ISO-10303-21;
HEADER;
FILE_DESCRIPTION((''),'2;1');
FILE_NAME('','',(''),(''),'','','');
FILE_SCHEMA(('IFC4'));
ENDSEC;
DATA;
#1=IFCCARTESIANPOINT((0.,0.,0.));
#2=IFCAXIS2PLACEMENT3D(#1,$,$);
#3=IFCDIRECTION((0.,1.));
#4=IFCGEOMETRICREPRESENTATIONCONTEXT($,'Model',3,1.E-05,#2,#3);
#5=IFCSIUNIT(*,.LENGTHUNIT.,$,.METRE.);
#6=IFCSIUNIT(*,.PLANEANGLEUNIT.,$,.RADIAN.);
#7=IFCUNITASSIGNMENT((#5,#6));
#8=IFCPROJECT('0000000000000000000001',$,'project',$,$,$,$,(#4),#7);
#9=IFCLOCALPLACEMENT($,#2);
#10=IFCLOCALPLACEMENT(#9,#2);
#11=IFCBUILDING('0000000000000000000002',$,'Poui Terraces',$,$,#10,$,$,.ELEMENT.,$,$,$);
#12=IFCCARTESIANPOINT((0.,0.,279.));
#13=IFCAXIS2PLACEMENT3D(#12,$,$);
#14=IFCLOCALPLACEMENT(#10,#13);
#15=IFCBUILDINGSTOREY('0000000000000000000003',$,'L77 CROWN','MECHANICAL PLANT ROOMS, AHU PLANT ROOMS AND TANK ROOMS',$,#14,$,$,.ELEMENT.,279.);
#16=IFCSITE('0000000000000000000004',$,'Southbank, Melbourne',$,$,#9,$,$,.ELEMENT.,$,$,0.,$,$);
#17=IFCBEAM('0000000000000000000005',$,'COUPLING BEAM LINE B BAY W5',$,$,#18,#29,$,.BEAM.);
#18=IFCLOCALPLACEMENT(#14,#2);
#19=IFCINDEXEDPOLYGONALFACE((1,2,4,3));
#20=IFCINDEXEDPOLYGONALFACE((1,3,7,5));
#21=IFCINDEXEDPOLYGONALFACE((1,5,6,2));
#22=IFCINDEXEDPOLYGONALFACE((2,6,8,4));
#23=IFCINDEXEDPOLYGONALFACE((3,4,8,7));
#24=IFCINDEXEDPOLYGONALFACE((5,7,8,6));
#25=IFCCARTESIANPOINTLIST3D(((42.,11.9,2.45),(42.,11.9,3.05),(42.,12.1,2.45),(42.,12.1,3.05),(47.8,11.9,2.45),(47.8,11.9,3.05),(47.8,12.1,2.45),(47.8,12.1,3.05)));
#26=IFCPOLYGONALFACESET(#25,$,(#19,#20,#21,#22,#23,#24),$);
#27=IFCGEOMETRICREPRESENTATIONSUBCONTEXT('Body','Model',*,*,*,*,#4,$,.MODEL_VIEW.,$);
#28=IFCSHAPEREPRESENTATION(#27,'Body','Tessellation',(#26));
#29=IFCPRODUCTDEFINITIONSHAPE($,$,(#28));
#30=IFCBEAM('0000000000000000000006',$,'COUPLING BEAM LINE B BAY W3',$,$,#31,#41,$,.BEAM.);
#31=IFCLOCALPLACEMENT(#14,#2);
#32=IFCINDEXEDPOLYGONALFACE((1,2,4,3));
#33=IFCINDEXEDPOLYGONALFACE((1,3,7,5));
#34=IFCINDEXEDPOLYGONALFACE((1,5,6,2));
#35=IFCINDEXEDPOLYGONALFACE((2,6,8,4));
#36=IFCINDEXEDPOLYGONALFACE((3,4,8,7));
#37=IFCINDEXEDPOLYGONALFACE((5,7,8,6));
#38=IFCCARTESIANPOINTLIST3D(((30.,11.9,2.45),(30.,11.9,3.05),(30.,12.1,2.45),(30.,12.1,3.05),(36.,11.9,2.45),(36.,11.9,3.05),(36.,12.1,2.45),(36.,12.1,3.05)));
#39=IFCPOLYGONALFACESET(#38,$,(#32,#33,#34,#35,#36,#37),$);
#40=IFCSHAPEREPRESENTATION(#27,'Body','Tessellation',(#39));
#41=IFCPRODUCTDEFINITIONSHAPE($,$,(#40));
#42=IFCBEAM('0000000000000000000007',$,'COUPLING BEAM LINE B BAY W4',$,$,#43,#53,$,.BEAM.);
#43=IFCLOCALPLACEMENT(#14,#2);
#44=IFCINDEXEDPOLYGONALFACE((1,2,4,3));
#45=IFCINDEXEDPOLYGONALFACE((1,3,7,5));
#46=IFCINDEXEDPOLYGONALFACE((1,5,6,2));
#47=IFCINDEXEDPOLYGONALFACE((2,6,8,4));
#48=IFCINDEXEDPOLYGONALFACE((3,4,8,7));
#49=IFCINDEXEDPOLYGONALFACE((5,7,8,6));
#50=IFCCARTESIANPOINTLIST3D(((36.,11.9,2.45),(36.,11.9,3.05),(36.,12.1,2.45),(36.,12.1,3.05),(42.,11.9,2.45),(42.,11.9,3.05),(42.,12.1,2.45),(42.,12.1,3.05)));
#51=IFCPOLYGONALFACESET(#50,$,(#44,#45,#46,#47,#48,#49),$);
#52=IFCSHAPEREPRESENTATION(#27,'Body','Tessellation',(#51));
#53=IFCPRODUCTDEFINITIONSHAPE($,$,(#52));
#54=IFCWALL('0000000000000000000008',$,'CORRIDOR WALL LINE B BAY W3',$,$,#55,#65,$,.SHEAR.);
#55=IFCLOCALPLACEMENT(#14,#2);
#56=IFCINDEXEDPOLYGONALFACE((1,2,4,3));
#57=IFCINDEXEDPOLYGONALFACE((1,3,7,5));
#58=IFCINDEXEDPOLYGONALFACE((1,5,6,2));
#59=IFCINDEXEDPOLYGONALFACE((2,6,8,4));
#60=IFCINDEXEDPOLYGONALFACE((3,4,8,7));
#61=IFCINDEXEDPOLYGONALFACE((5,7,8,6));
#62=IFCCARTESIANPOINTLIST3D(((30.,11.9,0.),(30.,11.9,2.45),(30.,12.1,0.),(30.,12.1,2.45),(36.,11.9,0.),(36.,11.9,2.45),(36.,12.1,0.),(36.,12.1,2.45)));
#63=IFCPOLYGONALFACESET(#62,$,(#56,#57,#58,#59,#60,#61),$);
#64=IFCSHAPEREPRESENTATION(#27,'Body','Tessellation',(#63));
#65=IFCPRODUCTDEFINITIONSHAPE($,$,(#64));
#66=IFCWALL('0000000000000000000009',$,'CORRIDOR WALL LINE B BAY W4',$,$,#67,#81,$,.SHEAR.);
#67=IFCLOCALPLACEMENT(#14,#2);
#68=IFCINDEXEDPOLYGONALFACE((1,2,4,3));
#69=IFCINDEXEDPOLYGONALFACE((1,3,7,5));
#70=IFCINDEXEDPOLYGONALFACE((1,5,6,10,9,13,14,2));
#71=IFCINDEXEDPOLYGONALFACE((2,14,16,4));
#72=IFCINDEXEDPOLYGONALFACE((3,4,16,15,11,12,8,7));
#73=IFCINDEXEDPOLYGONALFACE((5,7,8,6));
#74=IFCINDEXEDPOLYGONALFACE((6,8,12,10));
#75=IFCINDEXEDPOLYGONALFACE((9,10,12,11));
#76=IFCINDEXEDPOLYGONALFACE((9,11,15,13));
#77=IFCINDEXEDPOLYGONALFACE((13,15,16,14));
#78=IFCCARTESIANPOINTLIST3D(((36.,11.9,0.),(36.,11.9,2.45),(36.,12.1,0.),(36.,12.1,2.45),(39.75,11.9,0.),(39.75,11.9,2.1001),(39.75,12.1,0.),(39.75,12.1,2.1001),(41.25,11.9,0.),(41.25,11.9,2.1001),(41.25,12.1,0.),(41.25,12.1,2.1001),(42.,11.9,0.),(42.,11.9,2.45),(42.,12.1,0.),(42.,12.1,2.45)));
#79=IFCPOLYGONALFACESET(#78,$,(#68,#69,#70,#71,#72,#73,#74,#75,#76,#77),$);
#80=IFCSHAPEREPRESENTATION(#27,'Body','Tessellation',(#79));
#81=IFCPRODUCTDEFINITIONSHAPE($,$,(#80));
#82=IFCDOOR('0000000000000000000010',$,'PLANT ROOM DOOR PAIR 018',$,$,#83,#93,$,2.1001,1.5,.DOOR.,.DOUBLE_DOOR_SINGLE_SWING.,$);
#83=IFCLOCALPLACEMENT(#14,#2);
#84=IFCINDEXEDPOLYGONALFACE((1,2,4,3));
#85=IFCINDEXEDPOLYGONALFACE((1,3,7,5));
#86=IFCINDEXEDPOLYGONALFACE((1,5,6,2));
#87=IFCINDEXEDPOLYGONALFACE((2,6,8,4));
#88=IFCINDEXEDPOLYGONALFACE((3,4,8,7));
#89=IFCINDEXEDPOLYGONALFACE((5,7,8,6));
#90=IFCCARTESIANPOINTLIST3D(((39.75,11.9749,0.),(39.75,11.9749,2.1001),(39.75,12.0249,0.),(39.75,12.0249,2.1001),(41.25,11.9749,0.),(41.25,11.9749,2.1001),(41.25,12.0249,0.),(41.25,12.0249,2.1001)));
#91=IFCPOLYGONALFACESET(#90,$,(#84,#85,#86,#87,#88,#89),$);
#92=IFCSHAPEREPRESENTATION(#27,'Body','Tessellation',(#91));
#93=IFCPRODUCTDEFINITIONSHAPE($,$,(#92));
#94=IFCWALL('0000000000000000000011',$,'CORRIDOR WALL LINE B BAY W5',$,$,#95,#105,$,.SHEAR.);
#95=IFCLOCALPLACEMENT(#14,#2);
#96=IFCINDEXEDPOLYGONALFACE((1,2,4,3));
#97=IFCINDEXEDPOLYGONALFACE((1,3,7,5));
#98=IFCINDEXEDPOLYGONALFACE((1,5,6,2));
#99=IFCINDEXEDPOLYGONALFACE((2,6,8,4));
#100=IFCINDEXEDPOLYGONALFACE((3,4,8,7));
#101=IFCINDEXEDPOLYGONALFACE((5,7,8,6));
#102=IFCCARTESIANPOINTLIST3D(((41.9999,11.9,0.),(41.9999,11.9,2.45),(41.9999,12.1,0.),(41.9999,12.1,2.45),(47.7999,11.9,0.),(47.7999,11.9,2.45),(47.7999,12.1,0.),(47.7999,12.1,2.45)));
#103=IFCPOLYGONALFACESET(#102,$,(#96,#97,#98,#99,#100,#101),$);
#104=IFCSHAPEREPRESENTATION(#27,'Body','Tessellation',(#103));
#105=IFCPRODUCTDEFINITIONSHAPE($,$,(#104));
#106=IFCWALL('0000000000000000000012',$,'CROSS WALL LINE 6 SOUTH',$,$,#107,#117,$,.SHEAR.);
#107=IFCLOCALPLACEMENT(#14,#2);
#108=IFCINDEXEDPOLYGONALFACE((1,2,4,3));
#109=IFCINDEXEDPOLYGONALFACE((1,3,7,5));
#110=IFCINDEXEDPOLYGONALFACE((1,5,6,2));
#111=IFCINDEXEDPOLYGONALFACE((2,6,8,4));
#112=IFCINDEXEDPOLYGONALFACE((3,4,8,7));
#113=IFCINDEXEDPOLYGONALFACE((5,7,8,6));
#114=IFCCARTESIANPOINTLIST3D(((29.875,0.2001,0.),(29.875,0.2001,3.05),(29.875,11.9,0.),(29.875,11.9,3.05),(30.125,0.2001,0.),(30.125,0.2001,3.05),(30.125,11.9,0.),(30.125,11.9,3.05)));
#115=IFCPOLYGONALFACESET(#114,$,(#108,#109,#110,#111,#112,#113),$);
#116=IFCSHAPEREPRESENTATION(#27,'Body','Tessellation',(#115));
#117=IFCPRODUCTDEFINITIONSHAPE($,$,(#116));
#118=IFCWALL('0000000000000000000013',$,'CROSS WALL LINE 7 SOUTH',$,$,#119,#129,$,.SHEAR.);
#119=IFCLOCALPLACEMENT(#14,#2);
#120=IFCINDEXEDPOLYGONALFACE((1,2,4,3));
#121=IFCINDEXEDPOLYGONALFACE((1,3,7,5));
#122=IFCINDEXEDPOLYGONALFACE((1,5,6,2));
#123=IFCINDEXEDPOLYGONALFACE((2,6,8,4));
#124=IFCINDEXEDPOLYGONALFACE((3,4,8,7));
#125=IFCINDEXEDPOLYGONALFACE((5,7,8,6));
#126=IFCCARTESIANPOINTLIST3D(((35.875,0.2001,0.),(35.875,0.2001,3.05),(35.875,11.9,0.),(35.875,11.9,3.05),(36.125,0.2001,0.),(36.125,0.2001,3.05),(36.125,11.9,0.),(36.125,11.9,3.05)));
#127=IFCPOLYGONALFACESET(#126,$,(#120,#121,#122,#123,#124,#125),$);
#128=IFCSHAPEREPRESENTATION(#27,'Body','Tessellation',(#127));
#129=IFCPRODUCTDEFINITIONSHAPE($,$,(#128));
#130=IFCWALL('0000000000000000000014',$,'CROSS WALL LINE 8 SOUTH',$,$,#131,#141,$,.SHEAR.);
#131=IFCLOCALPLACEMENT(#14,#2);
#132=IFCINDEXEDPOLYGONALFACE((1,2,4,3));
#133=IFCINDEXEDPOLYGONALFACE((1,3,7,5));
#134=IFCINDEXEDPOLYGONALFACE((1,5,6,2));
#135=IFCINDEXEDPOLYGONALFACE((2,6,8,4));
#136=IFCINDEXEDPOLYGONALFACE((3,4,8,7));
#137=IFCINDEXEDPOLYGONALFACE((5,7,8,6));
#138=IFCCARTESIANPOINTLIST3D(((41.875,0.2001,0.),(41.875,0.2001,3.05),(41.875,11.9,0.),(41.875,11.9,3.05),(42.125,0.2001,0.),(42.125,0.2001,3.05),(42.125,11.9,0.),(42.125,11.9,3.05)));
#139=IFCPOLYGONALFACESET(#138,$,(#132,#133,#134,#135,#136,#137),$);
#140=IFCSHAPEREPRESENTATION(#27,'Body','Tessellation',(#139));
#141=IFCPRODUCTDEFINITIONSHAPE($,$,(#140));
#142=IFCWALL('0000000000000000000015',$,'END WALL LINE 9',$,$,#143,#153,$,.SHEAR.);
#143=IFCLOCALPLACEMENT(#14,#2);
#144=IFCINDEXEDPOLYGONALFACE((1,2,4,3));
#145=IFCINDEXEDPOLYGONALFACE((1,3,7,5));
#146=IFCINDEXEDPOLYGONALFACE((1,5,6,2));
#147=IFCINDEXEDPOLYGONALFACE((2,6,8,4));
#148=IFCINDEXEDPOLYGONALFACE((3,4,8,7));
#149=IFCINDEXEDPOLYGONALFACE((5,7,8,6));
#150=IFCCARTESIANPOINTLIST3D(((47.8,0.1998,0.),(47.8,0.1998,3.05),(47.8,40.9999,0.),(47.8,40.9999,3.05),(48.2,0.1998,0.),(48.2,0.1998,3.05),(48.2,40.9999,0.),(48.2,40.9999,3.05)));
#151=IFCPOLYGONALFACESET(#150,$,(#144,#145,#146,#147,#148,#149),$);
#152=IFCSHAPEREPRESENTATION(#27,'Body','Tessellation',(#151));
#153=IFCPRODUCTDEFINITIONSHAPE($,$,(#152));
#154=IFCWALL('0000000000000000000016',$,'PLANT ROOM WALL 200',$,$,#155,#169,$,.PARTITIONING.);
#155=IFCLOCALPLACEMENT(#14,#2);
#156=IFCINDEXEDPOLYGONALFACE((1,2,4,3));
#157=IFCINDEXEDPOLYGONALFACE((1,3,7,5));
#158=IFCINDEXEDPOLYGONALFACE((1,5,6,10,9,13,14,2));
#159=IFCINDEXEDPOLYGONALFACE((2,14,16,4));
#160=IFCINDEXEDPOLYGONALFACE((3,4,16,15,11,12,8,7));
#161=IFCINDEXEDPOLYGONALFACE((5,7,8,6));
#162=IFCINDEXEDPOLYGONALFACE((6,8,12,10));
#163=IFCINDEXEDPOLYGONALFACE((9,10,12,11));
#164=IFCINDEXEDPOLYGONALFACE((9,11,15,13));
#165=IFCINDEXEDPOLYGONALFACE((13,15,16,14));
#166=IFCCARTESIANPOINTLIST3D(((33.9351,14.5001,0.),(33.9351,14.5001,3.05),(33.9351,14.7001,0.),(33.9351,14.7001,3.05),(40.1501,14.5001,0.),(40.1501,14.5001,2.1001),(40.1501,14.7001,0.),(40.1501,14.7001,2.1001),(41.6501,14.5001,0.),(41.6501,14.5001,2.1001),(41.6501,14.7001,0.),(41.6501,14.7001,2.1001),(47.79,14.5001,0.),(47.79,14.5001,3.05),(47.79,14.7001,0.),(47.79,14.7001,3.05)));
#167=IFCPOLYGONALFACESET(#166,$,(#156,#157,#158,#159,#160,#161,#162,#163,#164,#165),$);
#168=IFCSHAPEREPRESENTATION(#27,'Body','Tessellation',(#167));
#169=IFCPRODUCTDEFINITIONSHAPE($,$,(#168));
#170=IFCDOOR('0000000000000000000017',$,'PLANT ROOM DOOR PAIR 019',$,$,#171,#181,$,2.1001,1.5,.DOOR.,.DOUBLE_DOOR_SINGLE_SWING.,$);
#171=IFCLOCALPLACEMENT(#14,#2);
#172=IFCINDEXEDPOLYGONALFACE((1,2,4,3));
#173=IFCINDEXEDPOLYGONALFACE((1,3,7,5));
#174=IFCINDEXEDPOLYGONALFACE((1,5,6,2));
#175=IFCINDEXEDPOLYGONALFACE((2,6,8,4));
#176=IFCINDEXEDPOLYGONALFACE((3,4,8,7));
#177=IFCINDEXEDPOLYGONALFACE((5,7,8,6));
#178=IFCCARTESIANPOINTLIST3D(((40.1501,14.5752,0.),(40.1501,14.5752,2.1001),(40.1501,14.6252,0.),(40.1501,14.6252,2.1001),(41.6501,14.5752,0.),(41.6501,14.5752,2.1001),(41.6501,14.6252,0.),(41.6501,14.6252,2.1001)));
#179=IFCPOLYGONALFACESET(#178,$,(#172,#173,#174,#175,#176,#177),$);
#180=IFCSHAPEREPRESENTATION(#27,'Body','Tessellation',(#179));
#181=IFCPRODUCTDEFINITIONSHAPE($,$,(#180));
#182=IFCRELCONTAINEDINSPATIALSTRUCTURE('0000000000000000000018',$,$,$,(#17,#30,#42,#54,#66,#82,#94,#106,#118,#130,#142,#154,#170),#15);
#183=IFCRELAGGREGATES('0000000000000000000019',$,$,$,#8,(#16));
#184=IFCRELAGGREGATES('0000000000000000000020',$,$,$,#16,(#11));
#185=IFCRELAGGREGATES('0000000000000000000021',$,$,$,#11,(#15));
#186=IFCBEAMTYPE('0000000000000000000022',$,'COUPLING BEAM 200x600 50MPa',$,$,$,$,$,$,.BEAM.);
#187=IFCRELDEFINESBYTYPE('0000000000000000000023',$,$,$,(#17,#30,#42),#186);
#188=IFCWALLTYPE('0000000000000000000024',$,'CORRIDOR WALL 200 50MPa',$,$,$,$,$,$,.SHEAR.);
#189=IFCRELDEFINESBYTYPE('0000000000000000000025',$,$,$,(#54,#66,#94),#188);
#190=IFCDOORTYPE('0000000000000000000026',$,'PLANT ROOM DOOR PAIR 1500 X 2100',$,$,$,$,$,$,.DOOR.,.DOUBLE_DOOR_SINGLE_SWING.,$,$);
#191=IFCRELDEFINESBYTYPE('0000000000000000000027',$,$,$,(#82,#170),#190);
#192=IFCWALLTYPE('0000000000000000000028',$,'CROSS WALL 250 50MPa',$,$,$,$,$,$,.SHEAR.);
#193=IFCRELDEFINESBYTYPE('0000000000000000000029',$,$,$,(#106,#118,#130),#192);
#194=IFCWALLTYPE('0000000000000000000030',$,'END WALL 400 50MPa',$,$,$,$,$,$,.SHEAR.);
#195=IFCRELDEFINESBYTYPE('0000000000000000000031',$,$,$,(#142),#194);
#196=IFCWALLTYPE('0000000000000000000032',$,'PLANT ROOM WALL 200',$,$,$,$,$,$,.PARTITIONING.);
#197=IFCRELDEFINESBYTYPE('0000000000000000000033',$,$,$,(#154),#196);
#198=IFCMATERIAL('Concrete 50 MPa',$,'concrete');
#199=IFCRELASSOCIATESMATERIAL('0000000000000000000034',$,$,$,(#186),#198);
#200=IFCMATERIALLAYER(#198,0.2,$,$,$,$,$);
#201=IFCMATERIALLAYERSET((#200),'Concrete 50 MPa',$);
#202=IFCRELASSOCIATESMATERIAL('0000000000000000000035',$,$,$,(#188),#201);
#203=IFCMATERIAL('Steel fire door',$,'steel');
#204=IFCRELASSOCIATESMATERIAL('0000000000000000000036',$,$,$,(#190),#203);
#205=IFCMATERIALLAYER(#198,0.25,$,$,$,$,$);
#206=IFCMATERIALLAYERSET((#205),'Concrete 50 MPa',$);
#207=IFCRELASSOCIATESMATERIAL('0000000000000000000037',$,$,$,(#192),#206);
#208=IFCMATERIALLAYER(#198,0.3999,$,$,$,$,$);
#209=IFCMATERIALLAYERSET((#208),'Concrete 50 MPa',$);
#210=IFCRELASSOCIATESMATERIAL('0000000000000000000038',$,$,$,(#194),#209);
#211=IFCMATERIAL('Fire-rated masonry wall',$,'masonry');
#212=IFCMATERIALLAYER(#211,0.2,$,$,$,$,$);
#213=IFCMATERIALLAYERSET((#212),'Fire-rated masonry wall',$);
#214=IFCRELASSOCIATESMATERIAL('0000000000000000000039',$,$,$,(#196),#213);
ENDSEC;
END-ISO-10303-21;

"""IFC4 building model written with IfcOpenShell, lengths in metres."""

from ifc_helpers import new_model, si_unit, direction, frame, frame_2d, origin, origin_2d, place, context, subcontext, project, spatial, rectangle, extrude, source, transform, mapped, material, layer, layer_set, material_profile, profile_set, type_object, element, fill, save


model = new_model("IFC4")

# Units and contexts
model_context = context("Model", 3, precision=1e-05, world=origin(), true_north=direction((0.0, 1.0)))
body_context = subcontext(model_context, "Body", "Model", "MODEL_VIEW")
ifc_project = project(units=[si_unit("LENGTHUNIT", "METRE"), si_unit("PLANEANGLEUNIT", "RADIAN")], contexts=[model_context])

# Site, building, storey
site_placement = place(None, origin())
site = spatial("IfcSite", under=ifc_project, at=site_placement, Name="Southbank, Melbourne", CompositionType="ELEMENT", RefElevation=0.0)
building_placement = place(site_placement, origin())
building = spatial("IfcBuilding", under=site, at=building_placement, Name="Poui Terraces", CompositionType="ELEMENT")
storey_placement = place(building_placement, frame((0.0, 0.0, 279.0)))
storey = spatial("IfcBuildingStorey", under=building, at=storey_placement, Name="L77 CROWN", Description="MECHANICAL PLANT ROOMS, AHU PLANT ROOMS AND TANK ROOMS", CompositionType="ELEMENT", Elevation=279.0)

# Beams
ifc_material_1 = material(Name="Concrete 50 MPa", Category="concrete")
ifc_material_profile_1 = material_profile(ifc_material_1, rectangle(XDim=0.2, YDim=0.6001, at=origin_2d()), Name="RC 200x600")
ifc_profile_set_1 = profile_set([ifc_material_profile_1], Name="Concrete 50 MPa")
beam_type = type_object("IfcBeamType", Name="COUPLING BEAM 200x600 50MPa", PredefinedType="BEAM", material=ifc_profile_set_1)
shared_shape_1 = source(origin(), body_context, "Body", "SweptSolid", [
    extrude(rectangle(XDim=0.2, YDim=0.6001, at=origin_2d()), origin(), (0.0, 0.0, 1.0), 5.8),
])
beam_placement = place(storey_placement, frame((42.0, 12.0, 2.75), z_axis=(1.0, 0.0, 0.0), x_axis=(0.0, 1.0, 0.0)))
element("IfcBeam", 1, at=beam_placement, inside=storey, type_object=beam_type, Name="COUPLING BEAM LINE B BAY W5", PredefinedType="BEAM", context=body_context, shape_type="MappedRepresentation", body=[
    mapped(shared_shape_1, transform((0.0, 0.0, 0.0))),
])
shared_shape_2 = source(origin(), body_context, "Body", "SweptSolid", [
    extrude(rectangle(XDim=0.2, YDim=0.6001, at=origin_2d()), origin(), (0.0, 0.0, 1.0), 6.0),
])
for number, where, z_axis, x_axis, name in (
    (2, (30.0, 12.0, 2.75), (1.0, 0.0, 0.0), (0.0, 1.0, 0.0), "COUPLING BEAM LINE B BAY W3"),
    (3, (36.0, 12.0, 2.75), (1.0, 0.0, 0.0), (0.0, 1.0, 0.0), "COUPLING BEAM LINE B BAY W4"),
):
    element("IfcBeam", number, at=place(storey_placement, frame(where, z_axis=z_axis, x_axis=x_axis)), inside=storey, type_object=beam_type, Name=name, PredefinedType="BEAM", context=body_context, shape_type="MappedRepresentation", body=[
        mapped(shared_shape_2, transform((0.0, 0.0, 0.0))),
    ])

# Wall
ifc_layer_1 = layer(ifc_material_1, 0.2)
ifc_layer_set_1 = layer_set([ifc_layer_1], Name="Concrete 50 MPa")
wall_type_1 = type_object("IfcWallType", Name="CORRIDOR WALL 200 50MPa", PredefinedType="SHEAR", material=ifc_layer_set_1)
wall_1_placement = place(storey_placement, frame((30.0, 12.0, 0.0), z_axis=(0.0, 0.0, 1.0), x_axis=(1.0, 0.0, 0.0)))
element("IfcWall", 4, at=wall_1_placement, inside=storey, type_object=wall_type_1, Name="CORRIDOR WALL LINE B BAY W3", PredefinedType="SHEAR", context=body_context, shape_type="SweptSolid", body=[
    extrude(rectangle(XDim=6.0, YDim=0.2, at=frame_2d((3.0, 0.0))), origin(), (0.0, 0.0, 1.0), 2.45),
])

# Wall, opening, door
wall_2_placement = place(storey_placement, frame((36.0, 12.0, 0.0), z_axis=(0.0, 0.0, 1.0), x_axis=(1.0, 0.0, 0.0)))
wall_2 = element("IfcWall", 5, at=wall_2_placement, inside=storey, type_object=wall_type_1, Name="CORRIDOR WALL LINE B BAY W4", PredefinedType="SHEAR", context=body_context, shape_type="SweptSolid", body=[
    extrude(rectangle(XDim=6.0, YDim=0.2, at=frame_2d((3.0, 0.0))), origin(), (0.0, 0.0, 1.0), 2.45),
])
opening_1_placement = place(wall_2_placement, frame((3.75, 0.0, 0.0)))
opening_1 = element("IfcOpeningElement", 6, at=opening_1_placement, cuts=wall_2, PredefinedType="OPENING", context=body_context, shape_type="SweptSolid", body=[
    extrude(rectangle(XDim=1.5, YDim=2.1001, at=frame_2d((0.75, 1.05))), frame((0.0, 0.1099, 0.0), z_axis=(0.0, -1.0, 0.0), x_axis=(1.0, 0.0, 0.0)), (0.0, 0.0, 1.0), 0.22),
])
ifc_material_2 = material(Name="Steel fire door", Category="steel")
door_type_1 = type_object("IfcDoorType", Name="PLANT ROOM DOOR PAIR 1500 X 2100", OperationType="DOUBLE_DOOR_SINGLE_SWING", PredefinedType="DOOR", material=ifc_material_2)
door_1_placement = place(opening_1_placement, origin())
door_1 = element("IfcDoor", 7, at=door_1_placement, inside=storey, type_object=door_type_1, Name="PLANT ROOM DOOR PAIR 018", OperationType="DOUBLE_DOOR_SINGLE_SWING", OverallHeight=2.1001, OverallWidth=1.5, PredefinedType="DOOR", context=body_context, shape_type="SweptSolid", body=[
    extrude(rectangle(XDim=1.5, YDim=2.1001, at=frame_2d((0.75, 1.05))), frame((0.0, 0.0249, 0.0), z_axis=(0.0, -1.0, 0.0), x_axis=(1.0, 0.0, 0.0)), (0.0, 0.0, 1.0), 0.05),
])
fill(opening_1, door_1)

# Walls
wall_3_placement = place(storey_placement, frame((42.0, 12.0, 0.0), z_axis=(0.0, 0.0, 1.0), x_axis=(1.0, 0.0, 0.0)))
element("IfcWall", 8, at=wall_3_placement, inside=storey, type_object=wall_type_1, Name="CORRIDOR WALL LINE B BAY W5", PredefinedType="SHEAR", context=body_context, shape_type="SweptSolid", body=[
    extrude(rectangle(XDim=5.8, YDim=0.2, at=frame_2d((2.8999, 0.0))), origin(), (0.0, 0.0, 1.0), 2.45),
])
ifc_layer_2 = layer(ifc_material_1, 0.25)
ifc_layer_set_2 = layer_set([ifc_layer_2], Name="Concrete 50 MPa")
wall_type_2 = type_object("IfcWallType", Name="CROSS WALL 250 50MPa", PredefinedType="SHEAR", material=ifc_layer_set_2)
for number, where, z_axis, x_axis, name in (
    (9, (30.0, 0.2, 0.0), (0.0, 0.0, 1.0), (0.0, 1.0, 0.0), "CROSS WALL LINE 6 SOUTH"),
    (10, (36.0, 0.2, 0.0), (0.0, 0.0, 1.0), (0.0, 1.0, 0.0), "CROSS WALL LINE 7 SOUTH"),
    (11, (42.0, 0.2, 0.0), (0.0, 0.0, 1.0), (0.0, 1.0, 0.0), "CROSS WALL LINE 8 SOUTH"),
):
    element("IfcWall", number, at=place(storey_placement, frame(where, z_axis=z_axis, x_axis=x_axis)), inside=storey, type_object=wall_type_2, Name=name, PredefinedType="SHEAR", context=body_context, shape_type="SweptSolid", body=[
        extrude(rectangle(XDim=11.7, YDim=0.25, at=frame_2d((5.8501, 0.0))), origin(), (0.0, 0.0, 1.0), 3.05),
    ])
ifc_layer_3 = layer(ifc_material_1, 0.3999)
ifc_layer_set_3 = layer_set([ifc_layer_3], Name="Concrete 50 MPa")
wall_type_3 = type_object("IfcWallType", Name="END WALL 400 50MPa", PredefinedType="SHEAR", material=ifc_layer_set_3)
wall_4_placement = place(storey_placement, frame((48.0, 0.2, 0.0), z_axis=(0.0, 0.0, 1.0), x_axis=(0.0, 1.0, 0.0)))
element("IfcWall", 12, at=wall_4_placement, inside=storey, type_object=wall_type_3, Name="END WALL LINE 9", PredefinedType="SHEAR", context=body_context, shape_type="SweptSolid", body=[
    extrude(rectangle(XDim=40.8, YDim=0.3999, at=frame_2d((20.3999, 0.0))), origin(), (0.0, 0.0, 1.0), 3.05),
])

# Wall, opening, door
ifc_material_3 = material(Name="Fire-rated masonry wall", Category="masonry")
ifc_layer_4 = layer(ifc_material_3, 0.2)
ifc_layer_set_4 = layer_set([ifc_layer_4], Name="Fire-rated masonry wall")
wall_type_4 = type_object("IfcWallType", Name="PLANT ROOM WALL 200", PredefinedType="PARTITIONING", material=ifc_layer_set_4)
wall_5_placement = place(storey_placement, frame((33.9351, 14.6001, 0.0), z_axis=(0.0, 0.0, 1.0), x_axis=(1.0, 0.0, 0.0)))
wall_5 = element("IfcWall", 13, at=wall_5_placement, inside=storey, type_object=wall_type_4, Name="PLANT ROOM WALL 200", PredefinedType="PARTITIONING", context=body_context, shape_type="SweptSolid", body=[
    extrude(rectangle(XDim=13.855, YDim=0.2, at=frame_2d((6.9275, 0.0))), origin(), (0.0, 0.0, 1.0), 3.05),
])
opening_2_placement = place(wall_5_placement, frame((6.2151, 0.0, 0.0)))
opening_2 = element("IfcOpeningElement", 14, at=opening_2_placement, cuts=wall_5, PredefinedType="OPENING", context=body_context, shape_type="SweptSolid", body=[
    extrude(rectangle(XDim=1.5, YDim=2.1001, at=frame_2d((0.75, 1.05))), frame((0.0, 0.1099, 0.0), z_axis=(0.0, -1.0, 0.0), x_axis=(1.0, 0.0, 0.0)), (0.0, 0.0, 1.0), 0.22),
])
door_2_placement = place(opening_2_placement, frame((1.5, 0.0, 0.0), z_axis=(0.0, 0.0, 1.0), x_axis=(-1.0, 0.0, 0.0)))
door_2 = element("IfcDoor", 15, at=door_2_placement, inside=storey, type_object=door_type_1, Name="PLANT ROOM DOOR PAIR 019", OperationType="DOUBLE_DOOR_SINGLE_SWING", OverallHeight=2.1001, OverallWidth=1.5, PredefinedType="DOOR", context=body_context, shape_type="SweptSolid", body=[
    extrude(rectangle(XDim=1.5, YDim=2.1001, at=frame_2d((0.75, 1.05))), frame((0.0, 0.0249, 0.0), z_axis=(0.0, -1.0, 0.0), x_axis=(1.0, 0.0, 0.0)), (0.0, 0.0, 1.0), 0.05),
])
fill(opening_2, door_2)

save(model, "model.ifc")
